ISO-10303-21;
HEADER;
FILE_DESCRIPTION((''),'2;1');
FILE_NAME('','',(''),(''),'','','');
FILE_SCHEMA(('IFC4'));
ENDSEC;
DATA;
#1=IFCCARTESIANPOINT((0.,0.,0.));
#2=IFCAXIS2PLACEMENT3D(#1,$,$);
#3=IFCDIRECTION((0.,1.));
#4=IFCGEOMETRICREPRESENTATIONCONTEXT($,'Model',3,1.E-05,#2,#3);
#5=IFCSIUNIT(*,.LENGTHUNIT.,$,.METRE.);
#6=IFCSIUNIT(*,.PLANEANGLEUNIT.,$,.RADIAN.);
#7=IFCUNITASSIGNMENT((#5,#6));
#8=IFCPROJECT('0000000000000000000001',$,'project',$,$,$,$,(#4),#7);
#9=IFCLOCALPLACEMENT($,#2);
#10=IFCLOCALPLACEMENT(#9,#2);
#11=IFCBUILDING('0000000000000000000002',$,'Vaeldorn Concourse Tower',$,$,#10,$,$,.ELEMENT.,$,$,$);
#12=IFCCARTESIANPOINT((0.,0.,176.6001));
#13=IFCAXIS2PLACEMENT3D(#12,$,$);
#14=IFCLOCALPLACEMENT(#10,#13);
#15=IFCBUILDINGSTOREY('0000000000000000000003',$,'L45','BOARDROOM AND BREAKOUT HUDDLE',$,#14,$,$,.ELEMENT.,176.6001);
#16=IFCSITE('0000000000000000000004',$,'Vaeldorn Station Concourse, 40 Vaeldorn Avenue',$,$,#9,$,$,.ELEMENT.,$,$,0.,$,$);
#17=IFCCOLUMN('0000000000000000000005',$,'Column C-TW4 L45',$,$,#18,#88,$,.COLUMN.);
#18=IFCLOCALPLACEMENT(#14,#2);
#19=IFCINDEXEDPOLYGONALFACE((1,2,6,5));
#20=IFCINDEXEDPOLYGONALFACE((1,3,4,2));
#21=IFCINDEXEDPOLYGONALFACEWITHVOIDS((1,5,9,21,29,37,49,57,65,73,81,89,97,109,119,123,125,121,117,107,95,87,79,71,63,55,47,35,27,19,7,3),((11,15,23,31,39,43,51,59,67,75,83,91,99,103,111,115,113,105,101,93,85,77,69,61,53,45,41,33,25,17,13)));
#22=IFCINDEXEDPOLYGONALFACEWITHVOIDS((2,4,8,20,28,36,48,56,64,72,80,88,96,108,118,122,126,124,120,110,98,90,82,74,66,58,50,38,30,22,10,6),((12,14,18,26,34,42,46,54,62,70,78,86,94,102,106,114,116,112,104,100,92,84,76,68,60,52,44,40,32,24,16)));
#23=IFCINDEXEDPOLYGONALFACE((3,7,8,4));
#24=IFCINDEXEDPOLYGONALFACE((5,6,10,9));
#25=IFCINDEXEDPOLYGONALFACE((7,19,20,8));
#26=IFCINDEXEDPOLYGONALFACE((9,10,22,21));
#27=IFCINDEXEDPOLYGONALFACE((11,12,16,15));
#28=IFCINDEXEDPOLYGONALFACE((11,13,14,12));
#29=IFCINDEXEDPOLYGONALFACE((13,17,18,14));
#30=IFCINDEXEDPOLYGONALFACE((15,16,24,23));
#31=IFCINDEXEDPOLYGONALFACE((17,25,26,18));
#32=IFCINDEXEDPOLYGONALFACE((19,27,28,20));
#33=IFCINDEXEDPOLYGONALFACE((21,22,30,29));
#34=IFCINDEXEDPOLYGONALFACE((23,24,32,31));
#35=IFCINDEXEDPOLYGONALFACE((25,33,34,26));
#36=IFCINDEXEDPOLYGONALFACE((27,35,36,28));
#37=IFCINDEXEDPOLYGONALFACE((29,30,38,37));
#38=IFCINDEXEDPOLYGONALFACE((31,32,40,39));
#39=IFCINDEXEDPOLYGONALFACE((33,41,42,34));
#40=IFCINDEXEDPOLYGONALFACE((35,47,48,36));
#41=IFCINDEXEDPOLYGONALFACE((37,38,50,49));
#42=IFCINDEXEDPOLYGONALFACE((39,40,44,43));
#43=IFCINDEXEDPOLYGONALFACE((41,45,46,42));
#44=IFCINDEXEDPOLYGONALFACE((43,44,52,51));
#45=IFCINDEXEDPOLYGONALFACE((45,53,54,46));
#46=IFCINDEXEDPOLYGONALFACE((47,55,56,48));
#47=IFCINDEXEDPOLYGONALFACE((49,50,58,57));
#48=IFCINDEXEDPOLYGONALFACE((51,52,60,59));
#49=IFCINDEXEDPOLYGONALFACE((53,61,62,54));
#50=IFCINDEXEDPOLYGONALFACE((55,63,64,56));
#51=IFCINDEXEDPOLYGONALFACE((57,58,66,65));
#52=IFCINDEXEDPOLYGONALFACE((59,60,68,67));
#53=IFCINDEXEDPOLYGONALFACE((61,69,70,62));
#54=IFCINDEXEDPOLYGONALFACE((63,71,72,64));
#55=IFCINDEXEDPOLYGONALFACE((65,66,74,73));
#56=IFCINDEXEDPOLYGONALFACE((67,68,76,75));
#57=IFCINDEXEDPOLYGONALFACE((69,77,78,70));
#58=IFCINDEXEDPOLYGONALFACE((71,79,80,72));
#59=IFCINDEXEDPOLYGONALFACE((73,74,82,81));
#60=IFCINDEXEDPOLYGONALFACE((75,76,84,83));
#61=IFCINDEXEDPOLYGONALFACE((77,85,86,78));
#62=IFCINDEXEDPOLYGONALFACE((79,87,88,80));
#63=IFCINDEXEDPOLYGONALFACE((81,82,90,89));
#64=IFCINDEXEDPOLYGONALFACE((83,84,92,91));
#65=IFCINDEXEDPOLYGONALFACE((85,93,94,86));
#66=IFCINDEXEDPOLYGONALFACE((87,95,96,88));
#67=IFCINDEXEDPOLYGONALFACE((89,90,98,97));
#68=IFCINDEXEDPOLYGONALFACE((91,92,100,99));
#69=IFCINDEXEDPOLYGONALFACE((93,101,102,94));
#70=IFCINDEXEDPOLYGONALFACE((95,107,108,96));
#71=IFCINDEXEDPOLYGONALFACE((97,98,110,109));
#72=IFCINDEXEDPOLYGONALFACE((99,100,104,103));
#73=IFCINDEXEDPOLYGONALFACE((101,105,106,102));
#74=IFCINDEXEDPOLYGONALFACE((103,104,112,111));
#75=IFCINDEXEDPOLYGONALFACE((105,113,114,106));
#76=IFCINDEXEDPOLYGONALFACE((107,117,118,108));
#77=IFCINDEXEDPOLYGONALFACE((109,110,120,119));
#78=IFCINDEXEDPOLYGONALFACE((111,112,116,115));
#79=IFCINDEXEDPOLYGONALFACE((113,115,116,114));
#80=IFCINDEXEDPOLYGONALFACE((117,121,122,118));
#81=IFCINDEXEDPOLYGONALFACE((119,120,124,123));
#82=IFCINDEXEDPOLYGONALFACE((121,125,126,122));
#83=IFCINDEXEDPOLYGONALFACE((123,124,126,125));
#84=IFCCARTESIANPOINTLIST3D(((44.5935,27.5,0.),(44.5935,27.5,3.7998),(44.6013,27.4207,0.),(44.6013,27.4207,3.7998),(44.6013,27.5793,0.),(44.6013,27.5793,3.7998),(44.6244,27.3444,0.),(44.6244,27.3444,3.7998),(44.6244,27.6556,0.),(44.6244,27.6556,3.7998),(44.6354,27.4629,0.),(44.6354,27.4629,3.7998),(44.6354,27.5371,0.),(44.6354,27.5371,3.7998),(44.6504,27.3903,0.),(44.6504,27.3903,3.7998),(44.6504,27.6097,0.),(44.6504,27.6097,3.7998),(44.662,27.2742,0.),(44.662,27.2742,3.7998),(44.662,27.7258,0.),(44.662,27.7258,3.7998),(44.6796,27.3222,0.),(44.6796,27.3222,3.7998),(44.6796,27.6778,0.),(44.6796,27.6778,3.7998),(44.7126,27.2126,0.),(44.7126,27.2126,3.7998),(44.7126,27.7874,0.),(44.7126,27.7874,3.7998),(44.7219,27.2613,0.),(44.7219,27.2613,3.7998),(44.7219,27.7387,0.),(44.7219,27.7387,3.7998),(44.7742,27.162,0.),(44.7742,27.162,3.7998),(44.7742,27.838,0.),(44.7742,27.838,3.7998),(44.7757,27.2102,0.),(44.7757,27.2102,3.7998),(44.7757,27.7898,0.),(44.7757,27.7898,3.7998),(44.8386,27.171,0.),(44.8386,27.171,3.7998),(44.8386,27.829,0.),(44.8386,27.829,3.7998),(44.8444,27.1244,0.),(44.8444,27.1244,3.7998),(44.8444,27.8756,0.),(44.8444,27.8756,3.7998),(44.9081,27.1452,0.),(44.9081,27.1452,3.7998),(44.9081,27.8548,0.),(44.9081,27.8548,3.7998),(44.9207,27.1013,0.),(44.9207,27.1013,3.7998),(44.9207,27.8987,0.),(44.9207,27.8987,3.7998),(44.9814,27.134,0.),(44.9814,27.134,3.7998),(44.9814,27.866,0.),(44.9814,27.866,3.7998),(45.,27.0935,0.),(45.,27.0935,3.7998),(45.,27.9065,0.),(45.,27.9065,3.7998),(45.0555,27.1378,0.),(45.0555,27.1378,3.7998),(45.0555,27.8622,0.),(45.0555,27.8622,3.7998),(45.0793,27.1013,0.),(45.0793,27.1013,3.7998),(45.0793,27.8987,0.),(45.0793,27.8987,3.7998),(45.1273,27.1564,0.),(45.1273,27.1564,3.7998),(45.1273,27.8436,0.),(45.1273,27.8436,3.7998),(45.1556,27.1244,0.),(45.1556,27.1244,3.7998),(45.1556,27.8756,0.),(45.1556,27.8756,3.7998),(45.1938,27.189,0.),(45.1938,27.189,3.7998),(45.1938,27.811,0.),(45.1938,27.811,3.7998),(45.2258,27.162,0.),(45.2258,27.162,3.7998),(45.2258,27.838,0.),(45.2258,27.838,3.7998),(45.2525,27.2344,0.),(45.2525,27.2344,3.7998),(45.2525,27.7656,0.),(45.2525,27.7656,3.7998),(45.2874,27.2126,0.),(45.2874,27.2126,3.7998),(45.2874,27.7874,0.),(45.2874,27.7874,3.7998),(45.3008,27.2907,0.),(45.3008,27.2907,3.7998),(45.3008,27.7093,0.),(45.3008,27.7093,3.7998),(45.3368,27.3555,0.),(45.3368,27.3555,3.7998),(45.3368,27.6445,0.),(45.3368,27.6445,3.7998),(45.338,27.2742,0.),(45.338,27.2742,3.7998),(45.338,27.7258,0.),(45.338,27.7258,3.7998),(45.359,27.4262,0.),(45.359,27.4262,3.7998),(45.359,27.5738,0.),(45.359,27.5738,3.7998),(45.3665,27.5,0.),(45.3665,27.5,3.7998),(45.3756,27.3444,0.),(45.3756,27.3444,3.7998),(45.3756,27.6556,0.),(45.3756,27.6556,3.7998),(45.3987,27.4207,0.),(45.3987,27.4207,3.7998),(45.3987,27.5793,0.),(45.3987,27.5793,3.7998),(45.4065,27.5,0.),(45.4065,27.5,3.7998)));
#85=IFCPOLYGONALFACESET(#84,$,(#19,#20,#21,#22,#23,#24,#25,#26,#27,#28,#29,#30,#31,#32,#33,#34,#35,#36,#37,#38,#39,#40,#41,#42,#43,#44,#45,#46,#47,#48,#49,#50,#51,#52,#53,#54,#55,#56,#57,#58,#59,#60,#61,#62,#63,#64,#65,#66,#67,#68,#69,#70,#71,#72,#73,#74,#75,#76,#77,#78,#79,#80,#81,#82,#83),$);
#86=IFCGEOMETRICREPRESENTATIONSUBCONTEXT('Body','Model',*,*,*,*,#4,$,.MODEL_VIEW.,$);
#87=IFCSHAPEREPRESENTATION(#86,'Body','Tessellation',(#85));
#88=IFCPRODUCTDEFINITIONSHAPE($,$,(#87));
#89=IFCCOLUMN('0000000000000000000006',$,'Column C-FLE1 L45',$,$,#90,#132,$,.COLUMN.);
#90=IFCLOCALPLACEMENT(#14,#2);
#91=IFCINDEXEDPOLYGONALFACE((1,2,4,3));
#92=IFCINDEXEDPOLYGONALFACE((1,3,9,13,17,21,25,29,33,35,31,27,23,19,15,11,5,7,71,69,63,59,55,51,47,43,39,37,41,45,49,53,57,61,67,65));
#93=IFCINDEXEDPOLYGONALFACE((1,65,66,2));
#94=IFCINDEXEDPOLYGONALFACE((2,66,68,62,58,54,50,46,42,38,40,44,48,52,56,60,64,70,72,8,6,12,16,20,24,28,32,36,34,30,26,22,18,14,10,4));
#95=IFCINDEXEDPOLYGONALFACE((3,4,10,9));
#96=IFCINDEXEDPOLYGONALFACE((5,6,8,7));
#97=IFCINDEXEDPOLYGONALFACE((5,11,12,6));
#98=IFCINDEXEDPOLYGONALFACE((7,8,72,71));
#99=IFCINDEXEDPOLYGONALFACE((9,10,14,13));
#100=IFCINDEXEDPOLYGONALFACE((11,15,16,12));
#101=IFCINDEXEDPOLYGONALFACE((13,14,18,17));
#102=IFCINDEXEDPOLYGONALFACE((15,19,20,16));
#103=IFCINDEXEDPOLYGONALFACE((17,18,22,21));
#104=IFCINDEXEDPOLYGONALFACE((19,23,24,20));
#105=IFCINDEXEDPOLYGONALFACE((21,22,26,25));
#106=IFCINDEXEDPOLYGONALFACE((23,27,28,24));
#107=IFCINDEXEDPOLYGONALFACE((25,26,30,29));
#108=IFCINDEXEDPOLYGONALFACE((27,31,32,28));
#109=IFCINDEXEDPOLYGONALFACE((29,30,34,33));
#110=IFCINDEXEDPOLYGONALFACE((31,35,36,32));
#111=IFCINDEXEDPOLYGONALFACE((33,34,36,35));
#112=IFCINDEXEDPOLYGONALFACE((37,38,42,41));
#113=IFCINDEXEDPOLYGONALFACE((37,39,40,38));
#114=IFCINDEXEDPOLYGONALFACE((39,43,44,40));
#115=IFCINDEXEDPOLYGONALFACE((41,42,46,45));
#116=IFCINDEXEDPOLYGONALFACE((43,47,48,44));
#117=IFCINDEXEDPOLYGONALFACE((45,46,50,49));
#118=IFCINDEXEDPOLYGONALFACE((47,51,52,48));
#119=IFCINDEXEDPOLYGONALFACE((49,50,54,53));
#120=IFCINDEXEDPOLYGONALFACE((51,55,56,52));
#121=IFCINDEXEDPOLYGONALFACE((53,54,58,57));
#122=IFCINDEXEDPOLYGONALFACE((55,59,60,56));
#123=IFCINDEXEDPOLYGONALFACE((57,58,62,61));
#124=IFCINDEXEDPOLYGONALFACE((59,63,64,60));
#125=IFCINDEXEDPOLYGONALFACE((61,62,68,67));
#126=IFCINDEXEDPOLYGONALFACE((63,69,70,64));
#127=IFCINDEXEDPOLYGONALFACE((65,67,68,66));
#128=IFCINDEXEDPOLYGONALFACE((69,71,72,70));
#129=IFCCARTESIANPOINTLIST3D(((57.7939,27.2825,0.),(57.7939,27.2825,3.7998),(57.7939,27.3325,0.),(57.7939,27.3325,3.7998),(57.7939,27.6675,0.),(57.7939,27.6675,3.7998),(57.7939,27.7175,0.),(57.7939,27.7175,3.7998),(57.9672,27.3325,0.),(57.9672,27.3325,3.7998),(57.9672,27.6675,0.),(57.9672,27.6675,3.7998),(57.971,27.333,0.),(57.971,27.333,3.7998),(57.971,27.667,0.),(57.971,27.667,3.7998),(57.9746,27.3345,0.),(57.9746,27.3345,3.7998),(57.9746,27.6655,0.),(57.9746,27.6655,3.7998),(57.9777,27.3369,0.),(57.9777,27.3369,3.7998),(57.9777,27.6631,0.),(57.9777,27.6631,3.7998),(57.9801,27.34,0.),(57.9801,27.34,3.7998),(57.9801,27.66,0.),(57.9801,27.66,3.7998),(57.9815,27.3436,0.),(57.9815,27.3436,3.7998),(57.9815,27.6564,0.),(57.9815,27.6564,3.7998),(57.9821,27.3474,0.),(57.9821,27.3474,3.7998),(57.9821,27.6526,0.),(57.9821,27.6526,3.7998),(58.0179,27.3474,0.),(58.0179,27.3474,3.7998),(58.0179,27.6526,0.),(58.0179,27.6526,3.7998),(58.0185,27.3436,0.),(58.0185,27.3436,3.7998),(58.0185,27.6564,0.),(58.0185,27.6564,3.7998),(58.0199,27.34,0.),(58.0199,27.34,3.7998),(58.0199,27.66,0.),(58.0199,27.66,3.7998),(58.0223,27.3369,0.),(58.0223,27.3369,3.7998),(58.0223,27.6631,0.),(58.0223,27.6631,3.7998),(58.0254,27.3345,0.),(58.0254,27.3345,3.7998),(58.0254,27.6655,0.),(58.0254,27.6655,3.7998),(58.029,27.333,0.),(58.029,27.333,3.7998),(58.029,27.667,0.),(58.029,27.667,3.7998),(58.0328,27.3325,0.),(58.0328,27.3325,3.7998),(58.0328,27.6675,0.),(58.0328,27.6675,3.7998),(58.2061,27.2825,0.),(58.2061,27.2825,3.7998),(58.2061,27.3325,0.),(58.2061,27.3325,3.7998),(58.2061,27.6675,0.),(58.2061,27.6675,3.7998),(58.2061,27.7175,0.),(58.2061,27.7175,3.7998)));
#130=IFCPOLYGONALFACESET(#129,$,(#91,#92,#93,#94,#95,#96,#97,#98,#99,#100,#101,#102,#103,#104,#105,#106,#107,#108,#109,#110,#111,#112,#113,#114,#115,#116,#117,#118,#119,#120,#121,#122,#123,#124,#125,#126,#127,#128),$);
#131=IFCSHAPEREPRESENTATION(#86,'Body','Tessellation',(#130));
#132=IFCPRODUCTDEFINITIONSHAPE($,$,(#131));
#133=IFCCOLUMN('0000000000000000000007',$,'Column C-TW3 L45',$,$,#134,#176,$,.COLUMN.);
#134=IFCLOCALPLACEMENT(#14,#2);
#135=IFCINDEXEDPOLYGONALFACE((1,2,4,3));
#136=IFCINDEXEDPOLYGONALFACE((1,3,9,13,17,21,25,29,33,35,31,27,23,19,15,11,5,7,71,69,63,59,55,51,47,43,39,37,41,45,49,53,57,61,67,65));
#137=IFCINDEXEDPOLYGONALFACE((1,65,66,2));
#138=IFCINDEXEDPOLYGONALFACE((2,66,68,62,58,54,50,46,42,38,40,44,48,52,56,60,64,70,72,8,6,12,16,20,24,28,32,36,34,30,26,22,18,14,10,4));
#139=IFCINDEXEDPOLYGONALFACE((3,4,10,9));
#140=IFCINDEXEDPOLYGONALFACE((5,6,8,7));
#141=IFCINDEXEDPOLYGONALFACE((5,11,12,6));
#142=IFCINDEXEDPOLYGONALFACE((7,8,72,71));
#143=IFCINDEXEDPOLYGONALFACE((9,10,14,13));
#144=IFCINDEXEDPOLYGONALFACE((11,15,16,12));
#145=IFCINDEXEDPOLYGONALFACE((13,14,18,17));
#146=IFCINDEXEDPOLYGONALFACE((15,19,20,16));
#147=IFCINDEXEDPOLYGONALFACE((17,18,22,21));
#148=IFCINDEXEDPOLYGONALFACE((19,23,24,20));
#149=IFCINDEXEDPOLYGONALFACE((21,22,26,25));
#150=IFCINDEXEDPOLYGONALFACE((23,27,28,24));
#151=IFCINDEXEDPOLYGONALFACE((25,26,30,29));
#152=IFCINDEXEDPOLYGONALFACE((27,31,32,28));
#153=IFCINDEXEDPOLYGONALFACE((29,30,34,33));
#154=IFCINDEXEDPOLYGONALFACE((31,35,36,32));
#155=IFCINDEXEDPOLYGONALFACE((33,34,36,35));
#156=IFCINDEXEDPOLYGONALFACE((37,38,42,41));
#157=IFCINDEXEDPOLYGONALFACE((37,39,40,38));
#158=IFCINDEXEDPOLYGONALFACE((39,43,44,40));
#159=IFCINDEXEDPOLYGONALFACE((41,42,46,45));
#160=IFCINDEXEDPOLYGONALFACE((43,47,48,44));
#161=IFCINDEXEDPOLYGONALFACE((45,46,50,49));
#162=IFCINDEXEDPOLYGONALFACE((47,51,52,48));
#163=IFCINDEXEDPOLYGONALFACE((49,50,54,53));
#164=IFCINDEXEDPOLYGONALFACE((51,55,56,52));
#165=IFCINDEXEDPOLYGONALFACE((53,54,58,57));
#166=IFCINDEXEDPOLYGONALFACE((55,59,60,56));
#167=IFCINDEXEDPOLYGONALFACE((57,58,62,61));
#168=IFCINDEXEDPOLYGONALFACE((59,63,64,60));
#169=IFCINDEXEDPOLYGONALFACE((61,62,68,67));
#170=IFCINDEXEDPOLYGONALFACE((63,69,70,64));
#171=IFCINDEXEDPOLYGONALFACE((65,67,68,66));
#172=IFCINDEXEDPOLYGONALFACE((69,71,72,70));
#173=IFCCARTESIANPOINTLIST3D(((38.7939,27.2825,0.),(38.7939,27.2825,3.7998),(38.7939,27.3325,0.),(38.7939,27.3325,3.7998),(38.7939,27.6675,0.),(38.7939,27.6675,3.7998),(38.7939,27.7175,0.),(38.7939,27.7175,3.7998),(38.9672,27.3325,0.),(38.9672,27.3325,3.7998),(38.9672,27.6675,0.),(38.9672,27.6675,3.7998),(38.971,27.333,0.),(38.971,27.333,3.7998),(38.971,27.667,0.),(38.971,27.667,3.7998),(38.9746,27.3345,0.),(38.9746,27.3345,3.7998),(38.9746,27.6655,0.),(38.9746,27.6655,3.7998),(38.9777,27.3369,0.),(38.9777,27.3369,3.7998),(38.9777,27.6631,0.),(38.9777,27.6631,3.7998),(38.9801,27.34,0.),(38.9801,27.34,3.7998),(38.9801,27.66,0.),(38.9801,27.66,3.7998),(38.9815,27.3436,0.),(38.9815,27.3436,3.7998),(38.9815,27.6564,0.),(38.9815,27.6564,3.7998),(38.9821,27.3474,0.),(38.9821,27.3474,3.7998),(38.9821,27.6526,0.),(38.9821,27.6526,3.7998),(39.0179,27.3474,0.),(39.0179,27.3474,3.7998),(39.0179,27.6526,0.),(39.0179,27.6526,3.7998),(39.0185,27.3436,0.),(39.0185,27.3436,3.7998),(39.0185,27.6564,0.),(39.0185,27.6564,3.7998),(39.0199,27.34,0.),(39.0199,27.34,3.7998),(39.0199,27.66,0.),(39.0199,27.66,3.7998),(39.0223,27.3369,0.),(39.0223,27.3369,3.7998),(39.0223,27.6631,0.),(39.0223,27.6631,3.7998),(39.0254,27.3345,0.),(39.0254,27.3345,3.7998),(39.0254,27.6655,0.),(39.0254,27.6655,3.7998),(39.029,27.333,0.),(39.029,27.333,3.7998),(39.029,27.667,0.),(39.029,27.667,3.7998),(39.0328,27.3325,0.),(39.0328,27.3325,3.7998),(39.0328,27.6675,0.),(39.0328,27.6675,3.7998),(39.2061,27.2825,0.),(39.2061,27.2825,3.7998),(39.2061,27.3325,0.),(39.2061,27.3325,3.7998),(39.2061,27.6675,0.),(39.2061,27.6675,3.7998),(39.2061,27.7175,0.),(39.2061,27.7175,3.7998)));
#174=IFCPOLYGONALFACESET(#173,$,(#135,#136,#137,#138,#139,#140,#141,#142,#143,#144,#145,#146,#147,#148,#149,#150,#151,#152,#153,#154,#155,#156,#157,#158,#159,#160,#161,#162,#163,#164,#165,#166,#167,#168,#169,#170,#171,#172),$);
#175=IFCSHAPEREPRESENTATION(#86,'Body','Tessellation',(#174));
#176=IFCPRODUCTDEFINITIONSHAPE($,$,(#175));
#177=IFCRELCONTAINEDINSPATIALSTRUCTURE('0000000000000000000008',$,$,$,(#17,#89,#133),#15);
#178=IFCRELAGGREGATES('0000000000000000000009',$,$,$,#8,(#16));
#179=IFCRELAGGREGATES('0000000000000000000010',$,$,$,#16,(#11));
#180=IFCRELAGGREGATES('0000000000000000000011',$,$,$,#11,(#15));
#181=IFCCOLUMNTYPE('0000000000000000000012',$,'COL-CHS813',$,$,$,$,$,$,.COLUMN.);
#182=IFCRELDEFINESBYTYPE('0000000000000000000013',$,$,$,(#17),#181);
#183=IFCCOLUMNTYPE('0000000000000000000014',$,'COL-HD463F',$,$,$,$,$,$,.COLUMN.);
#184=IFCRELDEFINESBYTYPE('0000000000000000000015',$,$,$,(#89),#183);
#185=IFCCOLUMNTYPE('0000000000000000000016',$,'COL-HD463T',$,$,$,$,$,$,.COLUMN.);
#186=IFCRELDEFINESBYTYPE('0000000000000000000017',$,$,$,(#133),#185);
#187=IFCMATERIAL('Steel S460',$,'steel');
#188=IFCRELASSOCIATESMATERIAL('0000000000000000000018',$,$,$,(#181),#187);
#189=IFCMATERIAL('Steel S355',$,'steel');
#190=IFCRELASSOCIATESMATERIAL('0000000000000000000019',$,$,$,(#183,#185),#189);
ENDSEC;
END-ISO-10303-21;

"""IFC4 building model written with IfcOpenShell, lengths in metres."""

from ifc_helpers import new_model, si_unit, direction, frame, origin, origin_2d, place, context, subcontext, project, spatial, hollow_circle, i_section, extrude, source, transform, mapped, material, material_profile, profile_set, type_object, element, save


model = new_model("IFC4")

# Units and contexts
model_context = context("Model", 3, precision=1e-05, world=origin(), true_north=direction((0.0, 1.0)))
body_context = subcontext(model_context, "Body", "Model", "MODEL_VIEW")
ifc_project = project(units=[si_unit("LENGTHUNIT", "METRE"), si_unit("PLANEANGLEUNIT", "RADIAN")], contexts=[model_context])

# Site, building, storey
site_placement = place(None, origin())
site = spatial("IfcSite", under=ifc_project, at=site_placement, Name="Vaeldorn Station Concourse, 40 Vaeldorn Avenue", CompositionType="ELEMENT", RefElevation=0.0)
building_placement = place(site_placement, origin())
building = spatial("IfcBuilding", under=site, at=building_placement, Name="Vaeldorn Concourse Tower", CompositionType="ELEMENT")
storey_placement = place(building_placement, frame((0.0, 0.0, 176.6001)))
storey = spatial("IfcBuildingStorey", under=building, at=storey_placement, Name="L45", Description="BOARDROOM AND BREAKOUT HUDDLE", CompositionType="ELEMENT", Elevation=176.6001)

# Columns
ifc_material_1 = material(Name="Steel S460", Category="steel")
ifc_material_profile_1 = material_profile(ifc_material_1, hollow_circle(Radius=0.4065, WallThickness=0.04, at=origin_2d()), Name="CHS 813x40")
ifc_profile_set_1 = profile_set([ifc_material_profile_1], Name="Steel S460")
column_type_1 = type_object("IfcColumnType", Name="COL-CHS813", PredefinedType="COLUMN", material=ifc_profile_set_1)
shared_shape_1 = source(origin(), body_context, "Body", "SweptSolid", [
    extrude(hollow_circle(Radius=0.4065, WallThickness=0.04, at=origin_2d()), origin(), (0.0, 0.0, 1.0), 3.7998),
])
column_1_placement = place(storey_placement, frame((45.0, 27.5, 0.0), z_axis=(0.0, 0.0, 1.0), x_axis=(1.0, 0.0, 0.0)))
element("IfcColumn", 1, at=column_1_placement, inside=storey, type_object=column_type_1, Name="Column C-TW4 L45", PredefinedType="COLUMN", context=body_context, shape_type="MappedRepresentation", body=[
    mapped(shared_shape_1, transform((0.0, 0.0, 0.0), scale=1.0)),
])
ifc_material_2 = material(Name="Steel S355", Category="steel")
ifc_material_profile_2 = material_profile(ifc_material_2, i_section(OverallWidth=0.4121, OverallDepth=0.4351, WebThickness=0.0359, FlangeThickness=0.05, FilletRadius=0.0149, at=origin_2d()), Name="HD 400x463")
ifc_profile_set_2 = profile_set([ifc_material_profile_2], Name="Steel S355")
column_type_2 = type_object("IfcColumnType", Name="COL-HD463F", PredefinedType="COLUMN", material=ifc_profile_set_2)
shared_shape_2 = source(origin(), body_context, "Body", "SweptSolid", [
    extrude(i_section(OverallWidth=0.4121, OverallDepth=0.4351, WebThickness=0.0359, FlangeThickness=0.05, FilletRadius=0.0149, at=origin_2d()), origin(), (0.0, 0.0, 1.0), 3.7998),
])
column_2_placement = place(storey_placement, frame((58.0, 27.5, 0.0), z_axis=(0.0, 0.0, 1.0), x_axis=(1.0, 0.0, 0.0)))
element("IfcColumn", 2, at=column_2_placement, inside=storey, type_object=column_type_2, Name="Column C-FLE1 L45", PredefinedType="COLUMN", context=body_context, shape_type="MappedRepresentation", body=[
    mapped(shared_shape_2, transform((0.0, 0.0, 0.0), scale=1.0)),
])
ifc_material_profile_3 = material_profile(ifc_material_2, i_section(OverallWidth=0.4121, OverallDepth=0.4351, WebThickness=0.0359, FlangeThickness=0.05, FilletRadius=0.0149, at=origin_2d()), Name="HD 400x463")
ifc_profile_set_3 = profile_set([ifc_material_profile_3], Name="Steel S355")
column_type_3 = type_object("IfcColumnType", Name="COL-HD463T", PredefinedType="COLUMN", material=ifc_profile_set_3)
shared_shape_3 = source(origin(), body_context, "Body", "SweptSolid", [
    extrude(i_section(OverallWidth=0.4121, OverallDepth=0.4351, WebThickness=0.0359, FlangeThickness=0.05, FilletRadius=0.0149, at=origin_2d()), origin(), (0.0, 0.0, 1.0), 3.7998),
])
column_3_placement = place(storey_placement, frame((39.0, 27.5, 0.0), z_axis=(0.0, 0.0, 1.0), x_axis=(1.0, 0.0, 0.0)))
element("IfcColumn", 3, at=column_3_placement, inside=storey, type_object=column_type_3, Name="Column C-TW3 L45", PredefinedType="COLUMN", context=body_context, shape_type="MappedRepresentation", body=[
    mapped(shared_shape_3, transform((0.0, 0.0, 0.0), scale=1.0)),
])

save(model, "model.ifc")
